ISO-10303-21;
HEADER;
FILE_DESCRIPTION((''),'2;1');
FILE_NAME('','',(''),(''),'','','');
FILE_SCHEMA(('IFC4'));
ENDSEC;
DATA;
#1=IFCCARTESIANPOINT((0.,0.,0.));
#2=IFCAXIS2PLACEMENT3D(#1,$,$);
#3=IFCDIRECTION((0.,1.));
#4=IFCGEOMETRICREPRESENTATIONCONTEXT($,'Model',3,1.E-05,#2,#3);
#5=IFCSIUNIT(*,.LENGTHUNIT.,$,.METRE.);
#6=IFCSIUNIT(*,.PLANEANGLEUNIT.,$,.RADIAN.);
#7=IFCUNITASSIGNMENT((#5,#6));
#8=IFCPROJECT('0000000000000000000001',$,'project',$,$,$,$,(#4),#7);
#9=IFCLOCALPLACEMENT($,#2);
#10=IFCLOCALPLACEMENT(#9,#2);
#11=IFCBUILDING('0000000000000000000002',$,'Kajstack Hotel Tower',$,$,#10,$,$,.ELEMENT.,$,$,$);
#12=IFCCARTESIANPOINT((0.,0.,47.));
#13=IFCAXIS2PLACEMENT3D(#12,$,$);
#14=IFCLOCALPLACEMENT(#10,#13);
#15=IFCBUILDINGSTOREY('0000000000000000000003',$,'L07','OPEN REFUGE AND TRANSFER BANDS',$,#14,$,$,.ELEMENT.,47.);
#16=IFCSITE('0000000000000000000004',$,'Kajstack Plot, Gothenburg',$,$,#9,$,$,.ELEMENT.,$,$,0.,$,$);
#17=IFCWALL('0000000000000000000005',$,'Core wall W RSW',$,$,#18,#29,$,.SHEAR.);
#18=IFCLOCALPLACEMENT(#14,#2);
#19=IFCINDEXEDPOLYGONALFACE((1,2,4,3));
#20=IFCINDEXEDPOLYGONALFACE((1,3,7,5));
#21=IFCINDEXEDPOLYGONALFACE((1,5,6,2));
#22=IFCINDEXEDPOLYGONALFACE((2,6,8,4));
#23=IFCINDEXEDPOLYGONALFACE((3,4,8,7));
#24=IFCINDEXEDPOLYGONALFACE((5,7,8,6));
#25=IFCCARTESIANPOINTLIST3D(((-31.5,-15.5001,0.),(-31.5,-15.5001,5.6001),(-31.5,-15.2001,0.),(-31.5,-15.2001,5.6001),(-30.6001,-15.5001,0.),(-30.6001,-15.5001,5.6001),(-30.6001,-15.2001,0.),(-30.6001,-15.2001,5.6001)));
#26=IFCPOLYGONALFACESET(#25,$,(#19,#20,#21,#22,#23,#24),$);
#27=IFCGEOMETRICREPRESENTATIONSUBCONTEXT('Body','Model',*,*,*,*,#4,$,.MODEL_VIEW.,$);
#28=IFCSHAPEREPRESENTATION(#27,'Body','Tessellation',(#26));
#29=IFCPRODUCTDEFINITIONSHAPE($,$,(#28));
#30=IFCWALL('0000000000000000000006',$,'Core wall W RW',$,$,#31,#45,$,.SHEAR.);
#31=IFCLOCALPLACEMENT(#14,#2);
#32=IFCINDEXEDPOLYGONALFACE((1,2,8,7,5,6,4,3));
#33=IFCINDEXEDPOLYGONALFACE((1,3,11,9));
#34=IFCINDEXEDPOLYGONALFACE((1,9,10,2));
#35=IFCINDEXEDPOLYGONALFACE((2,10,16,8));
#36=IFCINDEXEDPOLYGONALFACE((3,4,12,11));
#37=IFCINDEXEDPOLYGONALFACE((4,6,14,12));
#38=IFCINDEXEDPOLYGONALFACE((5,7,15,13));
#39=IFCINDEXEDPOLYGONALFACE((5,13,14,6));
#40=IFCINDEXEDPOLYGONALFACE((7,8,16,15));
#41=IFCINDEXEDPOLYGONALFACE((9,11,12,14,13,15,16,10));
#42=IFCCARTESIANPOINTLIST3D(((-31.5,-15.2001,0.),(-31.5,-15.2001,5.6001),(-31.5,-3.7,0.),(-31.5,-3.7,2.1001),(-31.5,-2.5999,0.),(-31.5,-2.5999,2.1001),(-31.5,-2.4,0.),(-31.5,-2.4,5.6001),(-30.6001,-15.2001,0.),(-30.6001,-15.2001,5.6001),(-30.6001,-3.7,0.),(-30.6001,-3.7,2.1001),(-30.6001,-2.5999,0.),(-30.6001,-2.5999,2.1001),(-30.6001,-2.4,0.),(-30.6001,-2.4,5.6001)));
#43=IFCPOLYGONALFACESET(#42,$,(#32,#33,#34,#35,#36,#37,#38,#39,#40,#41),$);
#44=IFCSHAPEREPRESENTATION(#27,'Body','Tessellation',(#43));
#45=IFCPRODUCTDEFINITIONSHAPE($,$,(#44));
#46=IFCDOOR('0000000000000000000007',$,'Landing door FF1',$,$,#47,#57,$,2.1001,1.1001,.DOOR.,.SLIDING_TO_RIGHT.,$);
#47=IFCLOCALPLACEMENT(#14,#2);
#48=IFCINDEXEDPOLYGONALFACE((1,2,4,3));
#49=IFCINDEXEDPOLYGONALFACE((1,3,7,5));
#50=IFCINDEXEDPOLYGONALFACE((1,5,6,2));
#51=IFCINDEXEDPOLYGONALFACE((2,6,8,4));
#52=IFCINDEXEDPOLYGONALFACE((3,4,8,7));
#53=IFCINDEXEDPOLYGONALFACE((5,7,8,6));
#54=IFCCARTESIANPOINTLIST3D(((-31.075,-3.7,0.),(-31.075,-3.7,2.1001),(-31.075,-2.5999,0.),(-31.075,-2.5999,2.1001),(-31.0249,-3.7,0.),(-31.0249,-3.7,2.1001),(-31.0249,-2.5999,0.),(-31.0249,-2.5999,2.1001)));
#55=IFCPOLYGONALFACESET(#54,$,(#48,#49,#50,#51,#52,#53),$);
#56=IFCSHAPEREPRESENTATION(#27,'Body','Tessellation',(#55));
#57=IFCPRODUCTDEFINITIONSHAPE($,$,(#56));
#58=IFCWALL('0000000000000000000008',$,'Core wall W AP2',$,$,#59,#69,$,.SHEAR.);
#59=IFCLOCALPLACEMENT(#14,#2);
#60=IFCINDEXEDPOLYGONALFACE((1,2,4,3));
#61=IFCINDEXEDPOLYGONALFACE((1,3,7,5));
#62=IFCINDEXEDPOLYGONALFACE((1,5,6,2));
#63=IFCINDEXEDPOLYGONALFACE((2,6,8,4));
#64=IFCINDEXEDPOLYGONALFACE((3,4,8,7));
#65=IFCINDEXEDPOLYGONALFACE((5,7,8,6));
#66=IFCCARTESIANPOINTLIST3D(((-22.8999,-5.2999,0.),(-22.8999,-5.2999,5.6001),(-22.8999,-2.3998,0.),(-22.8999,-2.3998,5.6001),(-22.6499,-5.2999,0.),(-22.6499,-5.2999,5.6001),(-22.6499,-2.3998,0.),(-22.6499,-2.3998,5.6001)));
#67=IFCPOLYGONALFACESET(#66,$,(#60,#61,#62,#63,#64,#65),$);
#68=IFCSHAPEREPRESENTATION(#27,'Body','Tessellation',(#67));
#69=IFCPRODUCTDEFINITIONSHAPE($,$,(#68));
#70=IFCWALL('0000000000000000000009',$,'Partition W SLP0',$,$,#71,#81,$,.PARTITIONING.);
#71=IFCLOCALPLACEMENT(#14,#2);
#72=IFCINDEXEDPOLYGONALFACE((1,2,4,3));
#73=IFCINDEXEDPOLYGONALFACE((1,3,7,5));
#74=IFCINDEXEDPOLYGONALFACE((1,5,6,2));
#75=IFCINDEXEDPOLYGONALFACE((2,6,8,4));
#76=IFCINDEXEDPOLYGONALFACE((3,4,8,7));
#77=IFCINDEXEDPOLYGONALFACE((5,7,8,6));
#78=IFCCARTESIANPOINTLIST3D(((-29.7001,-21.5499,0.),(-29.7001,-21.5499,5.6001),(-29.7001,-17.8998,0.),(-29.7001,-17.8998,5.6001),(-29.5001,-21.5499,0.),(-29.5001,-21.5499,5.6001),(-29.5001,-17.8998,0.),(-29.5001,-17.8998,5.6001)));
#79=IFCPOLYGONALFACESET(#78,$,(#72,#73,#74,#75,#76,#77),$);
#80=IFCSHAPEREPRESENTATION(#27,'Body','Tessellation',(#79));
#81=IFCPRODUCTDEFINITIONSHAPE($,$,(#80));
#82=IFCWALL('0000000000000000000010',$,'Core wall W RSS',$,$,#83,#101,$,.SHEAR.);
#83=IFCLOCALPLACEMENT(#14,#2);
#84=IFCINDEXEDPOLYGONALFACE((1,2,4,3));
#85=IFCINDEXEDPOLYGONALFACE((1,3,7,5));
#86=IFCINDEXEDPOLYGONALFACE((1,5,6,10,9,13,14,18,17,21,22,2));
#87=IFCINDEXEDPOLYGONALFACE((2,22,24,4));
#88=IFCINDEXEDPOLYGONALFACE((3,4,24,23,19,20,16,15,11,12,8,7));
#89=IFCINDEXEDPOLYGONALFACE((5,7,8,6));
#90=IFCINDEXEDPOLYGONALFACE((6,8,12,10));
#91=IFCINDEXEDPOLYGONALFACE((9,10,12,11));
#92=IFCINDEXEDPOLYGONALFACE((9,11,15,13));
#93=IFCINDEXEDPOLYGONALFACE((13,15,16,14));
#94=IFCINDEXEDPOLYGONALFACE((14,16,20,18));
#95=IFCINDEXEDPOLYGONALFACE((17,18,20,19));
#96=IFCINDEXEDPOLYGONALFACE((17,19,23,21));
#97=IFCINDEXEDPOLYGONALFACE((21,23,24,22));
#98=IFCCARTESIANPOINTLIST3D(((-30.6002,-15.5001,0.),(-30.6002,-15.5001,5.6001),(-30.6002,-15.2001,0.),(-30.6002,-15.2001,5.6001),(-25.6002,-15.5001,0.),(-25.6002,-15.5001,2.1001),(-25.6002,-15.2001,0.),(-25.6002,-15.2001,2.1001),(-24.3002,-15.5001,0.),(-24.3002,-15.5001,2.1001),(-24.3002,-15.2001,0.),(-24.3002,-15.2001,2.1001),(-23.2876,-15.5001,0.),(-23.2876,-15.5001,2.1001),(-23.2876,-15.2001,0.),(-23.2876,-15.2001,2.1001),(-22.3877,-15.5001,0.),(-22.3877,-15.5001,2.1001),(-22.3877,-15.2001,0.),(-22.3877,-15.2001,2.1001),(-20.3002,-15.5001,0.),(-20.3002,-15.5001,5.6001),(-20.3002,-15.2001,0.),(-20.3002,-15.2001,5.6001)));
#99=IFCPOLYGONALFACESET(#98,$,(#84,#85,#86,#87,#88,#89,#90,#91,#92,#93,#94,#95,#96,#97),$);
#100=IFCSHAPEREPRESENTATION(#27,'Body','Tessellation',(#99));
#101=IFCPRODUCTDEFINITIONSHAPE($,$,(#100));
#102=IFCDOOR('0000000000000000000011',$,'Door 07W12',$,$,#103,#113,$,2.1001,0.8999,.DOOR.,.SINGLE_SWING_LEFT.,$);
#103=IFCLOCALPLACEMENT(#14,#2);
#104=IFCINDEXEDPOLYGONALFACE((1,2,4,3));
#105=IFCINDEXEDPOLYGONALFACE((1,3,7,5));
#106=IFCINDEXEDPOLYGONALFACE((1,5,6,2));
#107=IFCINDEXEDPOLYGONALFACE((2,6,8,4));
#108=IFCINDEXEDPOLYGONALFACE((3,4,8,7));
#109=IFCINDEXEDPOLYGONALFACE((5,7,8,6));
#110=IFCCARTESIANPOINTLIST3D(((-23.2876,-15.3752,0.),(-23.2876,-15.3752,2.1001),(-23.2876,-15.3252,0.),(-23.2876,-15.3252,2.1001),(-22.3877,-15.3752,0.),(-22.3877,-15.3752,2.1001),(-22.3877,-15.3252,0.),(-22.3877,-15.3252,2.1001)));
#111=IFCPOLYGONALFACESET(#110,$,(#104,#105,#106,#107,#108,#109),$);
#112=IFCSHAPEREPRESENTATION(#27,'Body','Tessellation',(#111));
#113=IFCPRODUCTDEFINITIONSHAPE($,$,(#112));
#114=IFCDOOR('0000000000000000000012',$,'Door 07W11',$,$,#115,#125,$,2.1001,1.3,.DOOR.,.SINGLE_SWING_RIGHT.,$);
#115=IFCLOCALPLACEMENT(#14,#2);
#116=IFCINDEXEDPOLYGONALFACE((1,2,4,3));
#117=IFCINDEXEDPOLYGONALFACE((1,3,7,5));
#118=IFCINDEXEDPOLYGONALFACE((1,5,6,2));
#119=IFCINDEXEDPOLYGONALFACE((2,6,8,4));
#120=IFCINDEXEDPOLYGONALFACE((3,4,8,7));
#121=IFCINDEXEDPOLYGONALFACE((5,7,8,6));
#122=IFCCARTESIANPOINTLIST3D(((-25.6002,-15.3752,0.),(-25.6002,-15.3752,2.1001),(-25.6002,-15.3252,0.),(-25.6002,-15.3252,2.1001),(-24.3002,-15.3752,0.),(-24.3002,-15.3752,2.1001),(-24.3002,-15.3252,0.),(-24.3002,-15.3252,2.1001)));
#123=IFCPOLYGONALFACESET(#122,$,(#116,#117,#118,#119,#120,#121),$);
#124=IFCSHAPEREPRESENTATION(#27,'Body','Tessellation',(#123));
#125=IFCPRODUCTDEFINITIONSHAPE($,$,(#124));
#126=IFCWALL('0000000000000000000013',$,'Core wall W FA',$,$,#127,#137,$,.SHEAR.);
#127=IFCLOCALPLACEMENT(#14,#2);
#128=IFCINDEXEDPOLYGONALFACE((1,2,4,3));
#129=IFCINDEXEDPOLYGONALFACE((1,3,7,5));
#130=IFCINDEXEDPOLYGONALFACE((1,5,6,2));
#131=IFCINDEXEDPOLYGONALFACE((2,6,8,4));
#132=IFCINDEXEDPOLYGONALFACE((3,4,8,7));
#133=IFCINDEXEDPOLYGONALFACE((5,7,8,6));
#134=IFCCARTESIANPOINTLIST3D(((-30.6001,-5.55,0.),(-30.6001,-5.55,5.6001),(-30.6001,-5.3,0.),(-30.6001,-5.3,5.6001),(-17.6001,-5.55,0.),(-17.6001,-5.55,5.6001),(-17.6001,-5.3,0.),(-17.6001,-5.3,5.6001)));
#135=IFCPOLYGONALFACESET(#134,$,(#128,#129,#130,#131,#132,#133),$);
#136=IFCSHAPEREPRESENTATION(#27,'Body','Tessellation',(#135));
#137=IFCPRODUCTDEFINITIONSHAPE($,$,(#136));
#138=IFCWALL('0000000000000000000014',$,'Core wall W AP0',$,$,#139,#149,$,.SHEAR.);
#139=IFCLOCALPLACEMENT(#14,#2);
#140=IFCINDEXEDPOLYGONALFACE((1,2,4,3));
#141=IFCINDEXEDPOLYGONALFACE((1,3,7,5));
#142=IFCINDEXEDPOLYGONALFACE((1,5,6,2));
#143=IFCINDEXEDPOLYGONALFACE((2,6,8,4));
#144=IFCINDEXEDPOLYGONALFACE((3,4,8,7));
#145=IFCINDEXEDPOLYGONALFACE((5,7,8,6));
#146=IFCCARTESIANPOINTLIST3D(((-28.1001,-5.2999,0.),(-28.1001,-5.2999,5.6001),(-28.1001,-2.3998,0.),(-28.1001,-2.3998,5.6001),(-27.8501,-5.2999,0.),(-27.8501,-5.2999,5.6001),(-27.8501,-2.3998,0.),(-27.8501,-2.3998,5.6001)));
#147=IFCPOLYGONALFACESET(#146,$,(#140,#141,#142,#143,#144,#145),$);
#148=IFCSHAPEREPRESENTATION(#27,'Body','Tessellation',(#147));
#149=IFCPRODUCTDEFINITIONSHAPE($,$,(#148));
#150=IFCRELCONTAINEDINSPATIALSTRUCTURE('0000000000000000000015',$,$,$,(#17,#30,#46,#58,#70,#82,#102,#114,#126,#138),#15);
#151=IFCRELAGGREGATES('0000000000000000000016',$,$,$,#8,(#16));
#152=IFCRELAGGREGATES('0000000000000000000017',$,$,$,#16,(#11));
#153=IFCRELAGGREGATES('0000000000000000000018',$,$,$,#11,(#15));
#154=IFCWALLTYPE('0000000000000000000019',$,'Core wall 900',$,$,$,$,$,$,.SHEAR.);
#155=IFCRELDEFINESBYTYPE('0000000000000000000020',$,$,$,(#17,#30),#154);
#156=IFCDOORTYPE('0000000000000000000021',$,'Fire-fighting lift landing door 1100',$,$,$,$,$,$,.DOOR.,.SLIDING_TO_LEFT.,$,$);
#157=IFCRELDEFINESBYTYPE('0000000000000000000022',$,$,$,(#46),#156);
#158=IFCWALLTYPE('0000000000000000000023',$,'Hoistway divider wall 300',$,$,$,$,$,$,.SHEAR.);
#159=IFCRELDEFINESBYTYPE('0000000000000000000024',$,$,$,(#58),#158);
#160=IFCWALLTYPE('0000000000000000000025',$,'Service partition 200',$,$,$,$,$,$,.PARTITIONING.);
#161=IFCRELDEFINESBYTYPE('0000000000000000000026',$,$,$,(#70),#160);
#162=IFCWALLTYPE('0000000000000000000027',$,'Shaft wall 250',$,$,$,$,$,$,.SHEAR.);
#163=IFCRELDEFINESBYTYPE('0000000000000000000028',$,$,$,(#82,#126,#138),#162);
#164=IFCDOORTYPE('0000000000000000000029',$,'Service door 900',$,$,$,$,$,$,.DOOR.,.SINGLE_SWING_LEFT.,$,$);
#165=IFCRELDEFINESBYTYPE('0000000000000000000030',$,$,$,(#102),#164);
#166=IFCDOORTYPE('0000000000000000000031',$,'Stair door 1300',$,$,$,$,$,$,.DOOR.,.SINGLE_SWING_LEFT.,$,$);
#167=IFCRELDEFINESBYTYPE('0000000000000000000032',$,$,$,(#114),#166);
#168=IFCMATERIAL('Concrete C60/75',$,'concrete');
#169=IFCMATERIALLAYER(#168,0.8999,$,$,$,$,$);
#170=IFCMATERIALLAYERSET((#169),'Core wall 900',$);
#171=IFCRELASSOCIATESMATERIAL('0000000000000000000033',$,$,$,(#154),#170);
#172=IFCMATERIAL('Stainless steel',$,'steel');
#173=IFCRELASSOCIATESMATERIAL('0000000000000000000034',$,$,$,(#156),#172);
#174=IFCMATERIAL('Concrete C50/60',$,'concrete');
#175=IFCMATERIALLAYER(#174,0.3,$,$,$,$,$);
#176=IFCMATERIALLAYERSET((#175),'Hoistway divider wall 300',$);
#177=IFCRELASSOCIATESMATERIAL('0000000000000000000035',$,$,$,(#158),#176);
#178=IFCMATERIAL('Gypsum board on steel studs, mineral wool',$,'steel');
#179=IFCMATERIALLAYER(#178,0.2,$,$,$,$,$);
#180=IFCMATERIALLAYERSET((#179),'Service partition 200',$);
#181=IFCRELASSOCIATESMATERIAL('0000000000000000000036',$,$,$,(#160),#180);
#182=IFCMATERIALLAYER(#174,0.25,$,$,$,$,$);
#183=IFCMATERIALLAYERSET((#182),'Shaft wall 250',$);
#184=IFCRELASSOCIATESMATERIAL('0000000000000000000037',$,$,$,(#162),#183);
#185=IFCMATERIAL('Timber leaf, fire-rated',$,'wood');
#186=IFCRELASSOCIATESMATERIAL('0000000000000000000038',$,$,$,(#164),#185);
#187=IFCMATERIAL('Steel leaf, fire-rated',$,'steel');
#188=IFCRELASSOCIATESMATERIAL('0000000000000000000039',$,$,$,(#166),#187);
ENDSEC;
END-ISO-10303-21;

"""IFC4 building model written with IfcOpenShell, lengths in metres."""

from ifc_helpers import new_model, si_unit, direction, frame, frame_2d, origin, place, context, subcontext, project, spatial, rectangle, extrude, material, layer, layer_set, type_object, element, fill, save


model = new_model("IFC4")

# Units and contexts
model_context = context("Model", 3, precision=1e-05, world=origin(), true_north=direction((0.0, 1.0)))
body_context = subcontext(model_context, "Body", "Model", "MODEL_VIEW")
ifc_project = project(units=[si_unit("LENGTHUNIT", "METRE"), si_unit("PLANEANGLEUNIT", "RADIAN")], contexts=[model_context])

# Site, building, storey
site_placement = place(None, origin())
site = spatial("IfcSite", under=ifc_project, at=site_placement, Name="Kajstack Plot, Gothenburg", CompositionType="ELEMENT", RefElevation=0.0)
building_placement = place(site_placement, origin())
building = spatial("IfcBuilding", under=site, at=building_placement, Name="Kajstack Hotel Tower", CompositionType="ELEMENT")
storey_placement = place(building_placement, frame((0.0, 0.0, 47.0)))
storey = spatial("IfcBuildingStorey", under=building, at=storey_placement, Name="L07", Description="OPEN REFUGE AND TRANSFER BANDS", CompositionType="ELEMENT", Elevation=47.0)

# Wall
ifc_material_1 = material(Name="Concrete C60/75", Category="concrete")
ifc_layer_1 = layer(ifc_material_1, 0.8999)
ifc_layer_set_1 = layer_set([ifc_layer_1], Name="Core wall 900")
wall_type_1 = type_object("IfcWallType", Name="Core wall 900", PredefinedType="SHEAR", material=ifc_layer_set_1)
wall_1_placement = place(storey_placement, frame((-31.5, -15.3501, 0.0), z_axis=(0.0, 0.0, 1.0), x_axis=(1.0, 0.0, 0.0)))
element("IfcWall", 1, at=wall_1_placement, inside=storey, type_object=wall_type_1, Name="Core wall W RSW", PredefinedType="SHEAR", context=body_context, shape_type="SweptSolid", body=[
    extrude(rectangle(XDim=0.8999, YDim=0.3, at=frame_2d((0.45, 0.0))), origin(), (0.0, 0.0, 1.0), 5.6001),
])

# Wall, opening, door
wall_2_placement = place(storey_placement, frame((-31.05, -15.2, 0.0), z_axis=(0.0, 0.0, 1.0), x_axis=(0.0, 1.0, 0.0)))
wall_2 = element("IfcWall", 2, at=wall_2_placement, inside=storey, type_object=wall_type_1, Name="Core wall W RW", PredefinedType="SHEAR", context=body_context, shape_type="SweptSolid", body=[
    extrude(rectangle(XDim=12.8, YDim=0.8999, at=frame_2d((6.3999, 0.0))), origin(), (0.0, 0.0, 1.0), 5.6001),
])
opening_1_placement = place(wall_2_placement, frame((11.5, 0.0, 0.0)))
opening_1 = element("IfcOpeningElement", 3, at=opening_1_placement, cuts=wall_2, PredefinedType="OPENING", context=body_context, shape_type="SweptSolid", body=[
    extrude(rectangle(XDim=1.1001, YDim=2.1001, at=frame_2d((0.55, 1.05))), frame((0.0, 0.46, 0.0), z_axis=(0.0, -1.0, 0.0), x_axis=(1.0, 0.0, 0.0)), (0.0, 0.0, 1.0), 0.9199),
])
ifc_material_2 = material(Name="Stainless steel", Category="steel")
door_type_1 = type_object("IfcDoorType", Name="Fire-fighting lift landing door 1100", OperationType="SLIDING_TO_LEFT", PredefinedType="DOOR", material=ifc_material_2)
door_1_placement = place(opening_1_placement, origin())
door_1 = element("IfcDoor", 4, at=door_1_placement, inside=storey, type_object=door_type_1, Name="Landing door FF1", OperationType="SLIDING_TO_RIGHT", OverallHeight=2.1001, OverallWidth=1.1001, PredefinedType="DOOR", context=body_context, shape_type="SweptSolid", body=[
    extrude(rectangle(XDim=1.1001, YDim=2.1001, at=frame_2d((0.55, 1.05))), frame((0.0, 0.0249, 0.0), z_axis=(0.0, -1.0, 0.0), x_axis=(1.0, 0.0, 0.0)), (0.0, 0.0, 1.0), 0.05),
])
fill(opening_1, door_1)

# Walls
ifc_material_3 = material(Name="Concrete C50/60", Category="concrete")
ifc_layer_2 = layer(ifc_material_3, 0.3)
ifc_layer_set_2 = layer_set([ifc_layer_2], Name="Hoistway divider wall 300")
wall_type_2 = type_object("IfcWallType", Name="Hoistway divider wall 300", PredefinedType="SHEAR", material=ifc_layer_set_2)
wall_3_placement = place(storey_placement, frame((-22.7749, -5.3, 0.0), z_axis=(0.0, 0.0, 1.0), x_axis=(0.0, 1.0, 0.0)))
element("IfcWall", 5, at=wall_3_placement, inside=storey, type_object=wall_type_2, Name="Core wall W AP2", PredefinedType="SHEAR", context=body_context, shape_type="SweptSolid", body=[
    extrude(rectangle(XDim=2.9001, YDim=0.25, at=frame_2d((1.4502, 0.0))), origin(), (0.0, 0.0, 1.0), 5.6001),
])
ifc_material_4 = material(Name="Gypsum board on steel studs, mineral wool", Category="steel")
ifc_layer_3 = layer(ifc_material_4, 0.2)
ifc_layer_set_3 = layer_set([ifc_layer_3], Name="Service partition 200")
wall_type_3 = type_object("IfcWallType", Name="Service partition 200", PredefinedType="PARTITIONING", material=ifc_layer_set_3)
wall_4_placement = place(storey_placement, frame((-29.6001, -21.55, 0.0), z_axis=(0.0, 0.0, 1.0), x_axis=(0.0, 1.0, 0.0)))
element("IfcWall", 6, at=wall_4_placement, inside=storey, type_object=wall_type_3, Name="Partition W SLP0", PredefinedType="PARTITIONING", context=body_context, shape_type="SweptSolid", body=[
    extrude(rectangle(XDim=3.6501, YDim=0.2, at=frame_2d((1.8252, 0.0))), origin(), (0.0, 0.0, 1.0), 5.6001),
])

# Wall, openings, doors
ifc_layer_4 = layer(ifc_material_3, 0.25)
ifc_layer_set_4 = layer_set([ifc_layer_4], Name="Shaft wall 250")
wall_type_4 = type_object("IfcWallType", Name="Shaft wall 250", PredefinedType="SHEAR", material=ifc_layer_set_4)
wall_5_placement = place(storey_placement, frame((-30.6001, -15.3501, 0.0), z_axis=(0.0, 0.0, 1.0), x_axis=(1.0, 0.0, 0.0)))
wall_5 = element("IfcWall", 7, at=wall_5_placement, inside=storey, type_object=wall_type_4, Name="Core wall W RSS", PredefinedType="SHEAR", context=body_context, shape_type="SweptSolid", body=[
    extrude(rectangle(XDim=10.3, YDim=0.3, at=frame_2d((5.1499, 0.0))), origin(), (0.0, 0.0, 1.0), 5.6001),
])
opening_2_placement = place(wall_5_placement, frame((5.0, 0.0, 0.0)))
opening_2 = element("IfcOpeningElement", 8, at=opening_2_placement, cuts=wall_5, PredefinedType="OPENING", context=body_context, shape_type="SweptSolid", body=[
    extrude(rectangle(XDim=1.3, YDim=2.1001, at=frame_2d((0.6499, 1.05))), frame((0.0, 0.1599, 0.0), z_axis=(0.0, -1.0, 0.0), x_axis=(1.0, 0.0, 0.0)), (0.0, 0.0, 1.0), 0.3201),
])
opening_3_placement = place(wall_5_placement, frame((7.3125, 0.0, 0.0)))
opening_3 = element("IfcOpeningElement", 9, at=opening_3_placement, cuts=wall_5, PredefinedType="OPENING", context=body_context, shape_type="SweptSolid", body=[
    extrude(rectangle(XDim=0.8999, YDim=2.1001, at=frame_2d((0.45, 1.05))), frame((0.0, 0.1599, 0.0), z_axis=(0.0, -1.0, 0.0), x_axis=(1.0, 0.0, 0.0)), (0.0, 0.0, 1.0), 0.3201),
])
ifc_material_5 = material(Name="Timber leaf, fire-rated", Category="wood")
door_type_2 = type_object("IfcDoorType", Name="Service door 900", OperationType="SINGLE_SWING_LEFT", PredefinedType="DOOR", material=ifc_material_5)
door_2_placement = place(opening_3_placement, origin())
door_2 = element("IfcDoor", 10, at=door_2_placement, inside=storey, type_object=door_type_2, Name="Door 07W12", OperationType="SINGLE_SWING_LEFT", OverallHeight=2.1001, OverallWidth=0.8999, PredefinedType="DOOR", context=body_context, shape_type="SweptSolid", body=[
    extrude(rectangle(XDim=0.8999, YDim=2.1001, at=frame_2d((0.45, 1.05))), frame((0.0, 0.0249, 0.0), z_axis=(0.0, -1.0, 0.0), x_axis=(1.0, 0.0, 0.0)), (0.0, 0.0, 1.0), 0.05),
])
fill(opening_3, door_2)
ifc_material_6 = material(Name="Steel leaf, fire-rated", Category="steel")
door_type_3 = type_object("IfcDoorType", Name="Stair door 1300", OperationType="SINGLE_SWING_LEFT", PredefinedType="DOOR", material=ifc_material_6)
door_3_placement = place(opening_2_placement, origin())
door_3 = element("IfcDoor", 11, at=door_3_placement, inside=storey, type_object=door_type_3, Name="Door 07W11", OperationType="SINGLE_SWING_RIGHT", OverallHeight=2.1001, OverallWidth=1.3, PredefinedType="DOOR", context=body_context, shape_type="SweptSolid", body=[
    extrude(rectangle(XDim=1.3, YDim=2.1001, at=frame_2d((0.6499, 1.05))), frame((0.0, 0.0249, 0.0), z_axis=(0.0, -1.0, 0.0), x_axis=(1.0, 0.0, 0.0)), (0.0, 0.0, 1.0), 0.05),
])
fill(opening_2, door_3)

# Walls
wall_6_placement = place(storey_placement, frame((-30.6001, -5.425, 0.0), z_axis=(0.0, 0.0, 1.0), x_axis=(1.0, 0.0, 0.0)))
element("IfcWall", 12, at=wall_6_placement, inside=storey, type_object=wall_type_4, Name="Core wall W FA", PredefinedType="SHEAR", context=body_context, shape_type="SweptSolid", body=[
    extrude(rectangle(XDim=13.0, YDim=0.25, at=frame_2d((6.5, 0.0))), origin(), (0.0, 0.0, 1.0), 5.6001),
])
wall_7_placement = place(storey_placement, frame((-27.9751, -5.3, 0.0), z_axis=(0.0, 0.0, 1.0), x_axis=(0.0, 1.0, 0.0)))
element("IfcWall", 13, at=wall_7_placement, inside=storey, type_object=wall_type_4, Name="Core wall W AP0", PredefinedType="SHEAR", context=body_context, shape_type="SweptSolid", body=[
    extrude(rectangle(XDim=2.9001, YDim=0.25, at=frame_2d((1.4502, 0.0))), origin(), (0.0, 0.0, 1.0), 5.6001),
])

save(model, "model.ifc")
